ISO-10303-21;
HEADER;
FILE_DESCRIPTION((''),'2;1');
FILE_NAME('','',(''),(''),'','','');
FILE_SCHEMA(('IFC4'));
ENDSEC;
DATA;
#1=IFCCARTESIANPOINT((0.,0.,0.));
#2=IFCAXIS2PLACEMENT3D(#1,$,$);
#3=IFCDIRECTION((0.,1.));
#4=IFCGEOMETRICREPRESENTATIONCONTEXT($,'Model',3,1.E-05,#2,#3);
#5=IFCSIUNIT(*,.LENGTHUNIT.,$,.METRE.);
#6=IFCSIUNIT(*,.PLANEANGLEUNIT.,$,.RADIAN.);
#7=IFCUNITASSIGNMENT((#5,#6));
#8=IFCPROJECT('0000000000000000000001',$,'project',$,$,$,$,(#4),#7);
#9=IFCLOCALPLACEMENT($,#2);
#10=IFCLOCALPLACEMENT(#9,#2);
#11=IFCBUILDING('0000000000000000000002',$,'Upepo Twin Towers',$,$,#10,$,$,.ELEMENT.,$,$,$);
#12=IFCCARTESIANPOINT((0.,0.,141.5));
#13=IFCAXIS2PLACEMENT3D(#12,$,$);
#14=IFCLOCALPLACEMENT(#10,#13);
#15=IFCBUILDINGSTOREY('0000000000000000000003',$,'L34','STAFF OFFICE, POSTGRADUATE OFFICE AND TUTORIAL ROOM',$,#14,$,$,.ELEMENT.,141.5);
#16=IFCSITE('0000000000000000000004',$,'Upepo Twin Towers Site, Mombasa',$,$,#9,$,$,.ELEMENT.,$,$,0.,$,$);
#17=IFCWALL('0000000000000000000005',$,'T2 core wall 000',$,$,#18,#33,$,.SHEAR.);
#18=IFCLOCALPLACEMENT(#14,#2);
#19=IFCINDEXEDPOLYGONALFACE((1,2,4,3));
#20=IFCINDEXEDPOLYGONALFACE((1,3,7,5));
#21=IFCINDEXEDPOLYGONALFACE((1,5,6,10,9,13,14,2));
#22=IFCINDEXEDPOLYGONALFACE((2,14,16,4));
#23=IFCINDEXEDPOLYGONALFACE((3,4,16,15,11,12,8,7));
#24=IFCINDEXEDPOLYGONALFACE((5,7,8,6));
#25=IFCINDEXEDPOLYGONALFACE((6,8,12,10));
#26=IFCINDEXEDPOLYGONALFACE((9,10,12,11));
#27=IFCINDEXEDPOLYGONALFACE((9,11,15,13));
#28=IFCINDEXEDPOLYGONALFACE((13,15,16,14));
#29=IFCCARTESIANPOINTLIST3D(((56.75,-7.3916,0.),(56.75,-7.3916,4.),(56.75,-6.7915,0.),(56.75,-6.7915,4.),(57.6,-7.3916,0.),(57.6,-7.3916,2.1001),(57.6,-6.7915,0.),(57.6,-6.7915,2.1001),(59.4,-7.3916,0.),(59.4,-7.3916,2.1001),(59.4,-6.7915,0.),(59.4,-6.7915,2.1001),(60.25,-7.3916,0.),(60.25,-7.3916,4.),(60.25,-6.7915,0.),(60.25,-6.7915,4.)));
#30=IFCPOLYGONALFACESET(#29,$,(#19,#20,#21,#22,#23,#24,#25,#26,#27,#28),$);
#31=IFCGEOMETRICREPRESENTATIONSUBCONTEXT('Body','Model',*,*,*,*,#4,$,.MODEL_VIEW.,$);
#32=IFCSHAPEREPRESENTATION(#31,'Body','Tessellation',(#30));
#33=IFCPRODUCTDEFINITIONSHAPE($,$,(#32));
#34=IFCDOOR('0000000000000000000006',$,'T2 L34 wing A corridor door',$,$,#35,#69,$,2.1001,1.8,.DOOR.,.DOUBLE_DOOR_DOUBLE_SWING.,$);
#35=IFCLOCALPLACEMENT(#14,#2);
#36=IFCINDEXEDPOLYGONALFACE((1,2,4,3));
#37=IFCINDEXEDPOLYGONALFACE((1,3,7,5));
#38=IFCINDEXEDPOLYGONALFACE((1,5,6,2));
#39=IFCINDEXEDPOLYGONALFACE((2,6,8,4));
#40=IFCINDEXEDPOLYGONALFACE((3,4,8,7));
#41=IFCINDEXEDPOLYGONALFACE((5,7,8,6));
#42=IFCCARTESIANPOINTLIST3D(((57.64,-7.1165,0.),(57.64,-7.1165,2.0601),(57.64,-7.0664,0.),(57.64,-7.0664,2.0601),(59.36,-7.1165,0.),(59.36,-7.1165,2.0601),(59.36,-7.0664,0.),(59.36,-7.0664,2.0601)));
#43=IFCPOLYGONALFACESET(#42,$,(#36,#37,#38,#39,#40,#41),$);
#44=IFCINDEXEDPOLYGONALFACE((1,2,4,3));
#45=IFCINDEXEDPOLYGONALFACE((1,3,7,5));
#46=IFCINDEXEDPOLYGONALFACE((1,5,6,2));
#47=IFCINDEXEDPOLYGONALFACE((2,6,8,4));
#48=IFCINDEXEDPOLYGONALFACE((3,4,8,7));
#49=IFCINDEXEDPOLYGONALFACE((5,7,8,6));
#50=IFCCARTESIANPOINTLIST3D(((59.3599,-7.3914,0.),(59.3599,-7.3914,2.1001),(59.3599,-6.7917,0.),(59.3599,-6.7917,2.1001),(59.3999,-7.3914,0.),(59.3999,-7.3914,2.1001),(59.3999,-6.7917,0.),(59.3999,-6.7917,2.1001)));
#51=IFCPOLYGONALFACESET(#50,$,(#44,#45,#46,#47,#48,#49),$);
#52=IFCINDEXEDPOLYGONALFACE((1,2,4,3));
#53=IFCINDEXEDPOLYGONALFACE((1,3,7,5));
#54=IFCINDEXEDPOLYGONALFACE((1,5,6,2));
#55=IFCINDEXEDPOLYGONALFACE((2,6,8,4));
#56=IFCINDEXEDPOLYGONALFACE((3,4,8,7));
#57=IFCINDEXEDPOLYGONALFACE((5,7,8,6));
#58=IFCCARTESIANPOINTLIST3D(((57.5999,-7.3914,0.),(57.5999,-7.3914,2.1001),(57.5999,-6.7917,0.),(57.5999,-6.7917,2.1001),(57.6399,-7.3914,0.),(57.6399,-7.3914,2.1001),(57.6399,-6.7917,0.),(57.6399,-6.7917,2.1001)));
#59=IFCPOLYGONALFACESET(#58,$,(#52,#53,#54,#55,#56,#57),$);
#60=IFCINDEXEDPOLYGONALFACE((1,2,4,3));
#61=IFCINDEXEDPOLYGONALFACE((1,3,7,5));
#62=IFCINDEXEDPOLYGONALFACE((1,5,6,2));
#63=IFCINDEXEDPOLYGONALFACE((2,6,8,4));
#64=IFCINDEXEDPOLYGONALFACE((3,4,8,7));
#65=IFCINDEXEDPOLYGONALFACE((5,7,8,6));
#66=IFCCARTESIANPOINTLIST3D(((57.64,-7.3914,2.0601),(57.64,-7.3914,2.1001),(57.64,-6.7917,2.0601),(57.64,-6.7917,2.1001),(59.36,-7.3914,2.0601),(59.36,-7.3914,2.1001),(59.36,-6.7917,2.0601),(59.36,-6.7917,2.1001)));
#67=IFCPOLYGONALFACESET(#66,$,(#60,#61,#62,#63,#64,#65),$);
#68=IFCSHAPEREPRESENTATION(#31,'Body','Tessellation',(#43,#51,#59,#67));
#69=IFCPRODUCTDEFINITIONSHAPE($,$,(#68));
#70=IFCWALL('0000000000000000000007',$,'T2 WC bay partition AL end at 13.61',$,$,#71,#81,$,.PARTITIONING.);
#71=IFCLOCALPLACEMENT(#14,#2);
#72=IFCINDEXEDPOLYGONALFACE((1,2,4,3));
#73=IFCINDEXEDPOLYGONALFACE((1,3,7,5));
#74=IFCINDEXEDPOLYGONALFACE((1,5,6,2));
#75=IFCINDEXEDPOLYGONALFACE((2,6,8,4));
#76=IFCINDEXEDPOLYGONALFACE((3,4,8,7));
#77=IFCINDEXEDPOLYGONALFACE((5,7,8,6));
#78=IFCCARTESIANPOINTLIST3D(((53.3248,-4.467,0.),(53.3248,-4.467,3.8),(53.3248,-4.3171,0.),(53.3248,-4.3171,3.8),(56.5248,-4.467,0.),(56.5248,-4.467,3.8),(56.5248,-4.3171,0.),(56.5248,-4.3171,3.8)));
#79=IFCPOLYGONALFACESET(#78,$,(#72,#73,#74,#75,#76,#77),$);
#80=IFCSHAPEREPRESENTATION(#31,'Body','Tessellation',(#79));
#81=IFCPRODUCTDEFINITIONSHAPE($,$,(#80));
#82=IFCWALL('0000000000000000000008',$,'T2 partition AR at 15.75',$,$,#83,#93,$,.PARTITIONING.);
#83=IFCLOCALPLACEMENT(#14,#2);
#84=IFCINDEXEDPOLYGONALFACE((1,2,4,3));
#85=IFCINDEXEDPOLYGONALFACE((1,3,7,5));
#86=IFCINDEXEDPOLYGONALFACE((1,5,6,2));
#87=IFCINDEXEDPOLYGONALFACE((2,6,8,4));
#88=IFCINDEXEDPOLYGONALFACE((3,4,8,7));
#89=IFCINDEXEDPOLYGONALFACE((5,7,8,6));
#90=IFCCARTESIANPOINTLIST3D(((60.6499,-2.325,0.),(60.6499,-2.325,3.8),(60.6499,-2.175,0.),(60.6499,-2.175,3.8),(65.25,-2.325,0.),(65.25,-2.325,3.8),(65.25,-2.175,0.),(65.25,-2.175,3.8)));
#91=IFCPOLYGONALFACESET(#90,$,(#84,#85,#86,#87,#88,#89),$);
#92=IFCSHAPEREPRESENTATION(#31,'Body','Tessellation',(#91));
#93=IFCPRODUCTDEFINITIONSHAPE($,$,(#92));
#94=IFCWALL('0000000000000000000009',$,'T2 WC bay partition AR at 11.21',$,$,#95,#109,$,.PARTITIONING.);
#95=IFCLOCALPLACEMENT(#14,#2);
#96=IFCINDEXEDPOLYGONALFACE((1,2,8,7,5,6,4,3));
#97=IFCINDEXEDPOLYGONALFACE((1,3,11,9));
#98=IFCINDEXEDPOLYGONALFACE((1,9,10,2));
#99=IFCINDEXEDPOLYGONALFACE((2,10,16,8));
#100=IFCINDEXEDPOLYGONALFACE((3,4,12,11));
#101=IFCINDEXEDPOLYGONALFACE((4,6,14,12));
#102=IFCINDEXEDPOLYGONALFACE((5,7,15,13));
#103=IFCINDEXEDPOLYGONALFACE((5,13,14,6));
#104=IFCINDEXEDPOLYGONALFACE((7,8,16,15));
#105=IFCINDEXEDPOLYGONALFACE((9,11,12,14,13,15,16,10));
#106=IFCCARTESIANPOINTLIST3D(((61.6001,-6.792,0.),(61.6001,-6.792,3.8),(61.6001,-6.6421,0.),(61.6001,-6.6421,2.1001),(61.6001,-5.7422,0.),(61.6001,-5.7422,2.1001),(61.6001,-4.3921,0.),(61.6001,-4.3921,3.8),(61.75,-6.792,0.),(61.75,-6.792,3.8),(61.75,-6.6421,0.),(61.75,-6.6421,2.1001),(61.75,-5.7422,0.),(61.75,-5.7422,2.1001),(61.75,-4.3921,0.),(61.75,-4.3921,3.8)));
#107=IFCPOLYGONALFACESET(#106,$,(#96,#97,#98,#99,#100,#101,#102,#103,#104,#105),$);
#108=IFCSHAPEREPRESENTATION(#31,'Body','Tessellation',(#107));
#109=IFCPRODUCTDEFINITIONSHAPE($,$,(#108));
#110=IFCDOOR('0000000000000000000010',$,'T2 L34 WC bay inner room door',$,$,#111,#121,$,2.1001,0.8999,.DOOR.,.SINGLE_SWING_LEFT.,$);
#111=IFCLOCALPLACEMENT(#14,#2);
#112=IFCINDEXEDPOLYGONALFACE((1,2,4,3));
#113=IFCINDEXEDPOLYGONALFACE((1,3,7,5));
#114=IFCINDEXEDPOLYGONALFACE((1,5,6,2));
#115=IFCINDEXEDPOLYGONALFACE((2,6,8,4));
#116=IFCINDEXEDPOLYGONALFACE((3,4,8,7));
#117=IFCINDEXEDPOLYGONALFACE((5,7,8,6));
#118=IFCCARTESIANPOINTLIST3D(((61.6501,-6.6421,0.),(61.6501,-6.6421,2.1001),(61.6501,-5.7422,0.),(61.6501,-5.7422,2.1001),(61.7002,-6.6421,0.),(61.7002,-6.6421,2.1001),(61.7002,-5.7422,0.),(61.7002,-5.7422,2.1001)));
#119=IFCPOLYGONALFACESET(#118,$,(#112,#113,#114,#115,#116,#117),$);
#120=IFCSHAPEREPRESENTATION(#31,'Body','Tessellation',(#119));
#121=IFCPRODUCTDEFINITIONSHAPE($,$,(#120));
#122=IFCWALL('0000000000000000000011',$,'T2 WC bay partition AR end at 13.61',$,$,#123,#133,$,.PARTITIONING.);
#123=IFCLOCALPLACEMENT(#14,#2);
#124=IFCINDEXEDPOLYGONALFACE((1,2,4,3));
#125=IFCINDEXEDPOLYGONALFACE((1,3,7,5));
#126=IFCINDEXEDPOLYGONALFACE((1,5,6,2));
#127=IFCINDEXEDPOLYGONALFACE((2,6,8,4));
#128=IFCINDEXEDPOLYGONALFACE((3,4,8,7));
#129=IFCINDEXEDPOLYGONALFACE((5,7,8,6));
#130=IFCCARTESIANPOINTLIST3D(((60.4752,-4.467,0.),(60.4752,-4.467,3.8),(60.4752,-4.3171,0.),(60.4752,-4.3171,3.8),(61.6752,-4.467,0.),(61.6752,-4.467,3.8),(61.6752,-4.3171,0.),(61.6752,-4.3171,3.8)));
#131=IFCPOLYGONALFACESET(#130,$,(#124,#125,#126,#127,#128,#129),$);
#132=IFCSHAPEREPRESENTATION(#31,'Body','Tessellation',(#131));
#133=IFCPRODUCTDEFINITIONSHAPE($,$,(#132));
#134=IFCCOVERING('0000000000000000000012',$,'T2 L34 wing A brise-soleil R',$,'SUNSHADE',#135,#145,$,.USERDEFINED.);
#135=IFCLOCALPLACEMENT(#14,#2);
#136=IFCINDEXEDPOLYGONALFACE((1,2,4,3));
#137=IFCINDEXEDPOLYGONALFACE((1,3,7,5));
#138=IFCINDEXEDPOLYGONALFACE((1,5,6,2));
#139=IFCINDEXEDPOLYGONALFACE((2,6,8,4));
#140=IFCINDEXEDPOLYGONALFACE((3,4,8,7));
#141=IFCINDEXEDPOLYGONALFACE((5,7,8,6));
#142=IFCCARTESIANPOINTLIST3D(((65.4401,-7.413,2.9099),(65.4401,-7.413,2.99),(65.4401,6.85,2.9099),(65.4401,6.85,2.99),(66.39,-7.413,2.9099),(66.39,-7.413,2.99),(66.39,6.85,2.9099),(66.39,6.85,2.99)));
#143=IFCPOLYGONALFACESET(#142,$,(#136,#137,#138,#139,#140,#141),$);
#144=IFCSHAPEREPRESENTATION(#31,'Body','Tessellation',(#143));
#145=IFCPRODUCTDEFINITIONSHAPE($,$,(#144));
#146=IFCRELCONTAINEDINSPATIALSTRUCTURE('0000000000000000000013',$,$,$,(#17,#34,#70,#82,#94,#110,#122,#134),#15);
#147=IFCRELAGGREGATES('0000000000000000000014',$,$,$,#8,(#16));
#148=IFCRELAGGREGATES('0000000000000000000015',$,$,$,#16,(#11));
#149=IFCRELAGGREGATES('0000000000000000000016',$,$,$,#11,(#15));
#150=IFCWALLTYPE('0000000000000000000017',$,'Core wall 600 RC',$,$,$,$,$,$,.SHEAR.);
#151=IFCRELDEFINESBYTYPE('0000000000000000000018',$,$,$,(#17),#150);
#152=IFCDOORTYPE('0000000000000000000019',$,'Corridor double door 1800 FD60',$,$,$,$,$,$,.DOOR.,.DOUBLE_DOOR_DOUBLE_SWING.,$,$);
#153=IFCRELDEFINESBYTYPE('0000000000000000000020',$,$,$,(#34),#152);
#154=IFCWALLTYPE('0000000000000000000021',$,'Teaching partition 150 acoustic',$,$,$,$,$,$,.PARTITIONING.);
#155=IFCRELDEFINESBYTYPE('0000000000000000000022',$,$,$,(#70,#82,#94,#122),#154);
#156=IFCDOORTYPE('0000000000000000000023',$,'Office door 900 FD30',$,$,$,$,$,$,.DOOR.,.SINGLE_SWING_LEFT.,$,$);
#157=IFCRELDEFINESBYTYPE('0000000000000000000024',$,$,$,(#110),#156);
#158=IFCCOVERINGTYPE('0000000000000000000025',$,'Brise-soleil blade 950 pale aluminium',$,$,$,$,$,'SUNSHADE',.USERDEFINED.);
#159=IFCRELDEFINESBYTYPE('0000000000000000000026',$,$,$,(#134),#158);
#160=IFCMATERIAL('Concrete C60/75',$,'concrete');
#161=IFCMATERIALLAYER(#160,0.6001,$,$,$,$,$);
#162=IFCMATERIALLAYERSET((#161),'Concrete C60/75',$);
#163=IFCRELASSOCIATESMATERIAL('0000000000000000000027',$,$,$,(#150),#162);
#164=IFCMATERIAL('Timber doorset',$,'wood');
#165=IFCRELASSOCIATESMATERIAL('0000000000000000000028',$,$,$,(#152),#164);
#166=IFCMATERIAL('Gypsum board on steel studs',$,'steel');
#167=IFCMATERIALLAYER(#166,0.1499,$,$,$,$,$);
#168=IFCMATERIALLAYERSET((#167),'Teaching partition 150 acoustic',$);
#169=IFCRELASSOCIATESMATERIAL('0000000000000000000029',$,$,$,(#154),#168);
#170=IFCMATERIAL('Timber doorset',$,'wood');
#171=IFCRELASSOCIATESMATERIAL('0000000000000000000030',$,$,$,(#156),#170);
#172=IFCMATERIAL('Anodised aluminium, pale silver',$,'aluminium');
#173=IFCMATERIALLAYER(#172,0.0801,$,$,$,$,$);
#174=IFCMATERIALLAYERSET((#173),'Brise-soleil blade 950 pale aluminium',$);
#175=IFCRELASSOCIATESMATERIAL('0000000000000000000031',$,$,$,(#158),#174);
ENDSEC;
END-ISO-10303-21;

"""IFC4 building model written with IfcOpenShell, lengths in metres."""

from ifc_helpers import new_model, si_unit, direction, frame, frame_2d, origin, origin_2d, place, context, subcontext, project, spatial, rectangle, extrude, material, layer, layer_set, type_object, element, fill, save


model = new_model("IFC4")

# Units and contexts
model_context = context("Model", 3, precision=1e-05, world=origin(), true_north=direction((0.0, 1.0)))
body_context = subcontext(model_context, "Body", "Model", "MODEL_VIEW")
ifc_project = project(units=[si_unit("LENGTHUNIT", "METRE"), si_unit("PLANEANGLEUNIT", "RADIAN")], contexts=[model_context])

# Site, building, storey
site_placement = place(None, origin())
site = spatial("IfcSite", under=ifc_project, at=site_placement, Name="Upepo Twin Towers Site, Mombasa", CompositionType="ELEMENT", RefElevation=0.0)
building_placement = place(site_placement, origin())
building = spatial("IfcBuilding", under=site, at=building_placement, Name="Upepo Twin Towers", CompositionType="ELEMENT")
storey_placement = place(building_placement, frame((0.0, 0.0, 141.5)))
storey = spatial("IfcBuildingStorey", under=building, at=storey_placement, Name="L34", Description="STAFF OFFICE, POSTGRADUATE OFFICE AND TUTORIAL ROOM", CompositionType="ELEMENT", Elevation=141.5)

# Shared definitions
ifc_material_1 = material(Name="Concrete C60/75", Category="concrete")
ifc_layer_1 = layer(ifc_material_1, 0.6001)
ifc_layer_set_1 = layer_set([ifc_layer_1], Name="Concrete C60/75")
wall_type_1 = type_object("IfcWallType", Name="Core wall 600 RC", PredefinedType="SHEAR", material=ifc_layer_set_1)

# Wall, opening, door
wall_1_placement = place(storey_placement, frame((60.25, -7.0916, 0.0), z_axis=(0.0, 0.0, 1.0), x_axis=(-1.0, 0.0, 0.0)))
wall_1 = element("IfcWall", 1, at=wall_1_placement, inside=storey, type_object=wall_type_1, Name="T2 core wall 000", PredefinedType="SHEAR", context=body_context, shape_type="SweptSolid", body=[
    extrude(rectangle(XDim=3.5, YDim=0.6001, at=frame_2d((1.75, 0.0))), origin(), (0.0, 0.0, 1.0), 4.0),
])
opening_1_placement = place(wall_1_placement, frame((0.8501, 0.0, 0.0)))
opening_1 = element("IfcOpeningElement", 2, at=opening_1_placement, cuts=wall_1, PredefinedType="OPENING", context=body_context, shape_type="SweptSolid", body=[
    extrude(rectangle(XDim=1.8, YDim=2.1001, at=frame_2d((0.8999, 1.05))), frame((0.0, 0.3101, 0.0), z_axis=(0.0, -1.0, 0.0), x_axis=(1.0, 0.0, 0.0)), (0.0, 0.0, 1.0), 0.6201),
])
ifc_material_2 = material(Name="Timber doorset", Category="wood")
door_type_1 = type_object("IfcDoorType", Name="Corridor double door 1800 FD60", OperationType="DOUBLE_DOOR_DOUBLE_SWING", PredefinedType="DOOR", material=ifc_material_2)
door_1_placement = place(opening_1_placement, origin())
door_1 = element("IfcDoor", 3, at=door_1_placement, inside=storey, type_object=door_type_1, Name="T2 L34 wing A corridor door", OperationType="DOUBLE_DOOR_DOUBLE_SWING", OverallHeight=2.1001, OverallWidth=1.8, PredefinedType="DOOR", context=body_context, shape_type="SweptSolid", body=[
    extrude(rectangle(XDim=1.72, YDim=2.0601, at=frame_2d((0.8999, 1.03))), frame((0.0, 0.0249, 0.0), z_axis=(0.0, -1.0, 0.0), x_axis=(1.0, 0.0, 0.0)), (0.0, 0.0, 1.0), 0.05),
    extrude(rectangle(XDim=0.04, YDim=2.1001, at=frame_2d((0.02, 1.05))), frame((0.0, 0.2998, 0.0), z_axis=(0.0, -1.0, 0.0), x_axis=(1.0, 0.0, 0.0)), (0.0, 0.0, 1.0), 0.5996),
    extrude(rectangle(XDim=0.04, YDim=2.1001, at=frame_2d((1.78, 1.05))), frame((0.0, 0.2998, 0.0), z_axis=(0.0, -1.0, 0.0), x_axis=(1.0, 0.0, 0.0)), (0.0, 0.0, 1.0), 0.5996),
    extrude(rectangle(XDim=1.72, YDim=0.04, at=frame_2d((0.8999, 2.0801))), frame((0.0, 0.2998, 0.0), z_axis=(0.0, -1.0, 0.0), x_axis=(1.0, 0.0, 0.0)), (0.0, 0.0, 1.0), 0.5996),
])
fill(opening_1, door_1)

# Walls
ifc_material_3 = material(Name="Gypsum board on steel studs", Category="steel")
ifc_layer_2 = layer(ifc_material_3, 0.1499)
ifc_layer_set_2 = layer_set([ifc_layer_2], Name="Teaching partition 150 acoustic")
wall_type_2 = type_object("IfcWallType", Name="Teaching partition 150 acoustic", PredefinedType="PARTITIONING", material=ifc_layer_set_2)
wall_2_placement = place(storey_placement, frame((56.5249, -4.3921, 0.0), z_axis=(0.0, 0.0, 1.0), x_axis=(-1.0, 0.0, 0.0)))
element("IfcWall", 4, at=wall_2_placement, inside=storey, type_object=wall_type_2, Name="T2 WC bay partition AL end at 13.61", PredefinedType="PARTITIONING", context=body_context, shape_type="SweptSolid", body=[
    extrude(rectangle(XDim=3.2, YDim=0.1499, at=frame_2d((1.6001, 0.0))), origin(), (0.0, 0.0, 1.0), 3.8),
])
wall_3_placement = place(storey_placement, frame((60.6499, -2.25, 0.0), z_axis=(0.0, 0.0, 1.0), x_axis=(1.0, 0.0, 0.0)))
element("IfcWall", 5, at=wall_3_placement, inside=storey, type_object=wall_type_2, Name="T2 partition AR at 15.75", PredefinedType="PARTITIONING", context=body_context, shape_type="SweptSolid", body=[
    extrude(rectangle(XDim=4.6001, YDim=0.1499, at=frame_2d((2.3, 0.0))), origin(), (0.0, 0.0, 1.0), 3.8),
])

# Wall, opening, door
wall_4_placement = place(storey_placement, frame((61.675, -6.792, 0.0), z_axis=(0.0, 0.0, 1.0), x_axis=(0.0, 1.0, 0.0)))
wall_4 = element("IfcWall", 6, at=wall_4_placement, inside=storey, type_object=wall_type_2, Name="T2 WC bay partition AR at 11.21", PredefinedType="PARTITIONING", context=body_context, shape_type="SweptSolid", body=[
    extrude(rectangle(XDim=2.3999, YDim=0.1499, at=frame_2d((1.2, 0.0))), origin(), (0.0, 0.0, 1.0), 3.8),
])
opening_2_placement = place(wall_4_placement, frame((0.1499, 0.0, 0.0)))
opening_2 = element("IfcOpeningElement", 7, at=opening_2_placement, cuts=wall_4, PredefinedType="OPENING", context=body_context, shape_type="SweptSolid", body=[
    extrude(rectangle(XDim=0.8999, YDim=2.1001, at=frame_2d((0.45, 1.05))), frame((0.0, 0.085, 0.0), z_axis=(0.0, -1.0, 0.0), x_axis=(1.0, 0.0, 0.0)), (0.0, 0.0, 1.0), 0.1699),
])
ifc_material_4 = material(Name="Timber doorset", Category="wood")
door_type_2 = type_object("IfcDoorType", Name="Office door 900 FD30", OperationType="SINGLE_SWING_LEFT", PredefinedType="DOOR", material=ifc_material_4)
door_2_placement = place(opening_2_placement, origin())
door_2 = element("IfcDoor", 8, at=door_2_placement, inside=storey, type_object=door_type_2, Name="T2 L34 WC bay inner room door", OperationType="SINGLE_SWING_LEFT", OverallHeight=2.1001, OverallWidth=0.8999, PredefinedType="DOOR", context=body_context, shape_type="SweptSolid", body=[
    extrude(rectangle(XDim=0.8999, YDim=2.1001, at=frame_2d((0.45, 1.05))), frame((0.0, 0.0249, 0.0), z_axis=(0.0, -1.0, 0.0), x_axis=(1.0, 0.0, 0.0)), (0.0, 0.0, 1.0), 0.05),
])
fill(opening_2, door_2)

# Wall
wall_5_placement = place(storey_placement, frame((60.4751, -4.3921, 0.0), z_axis=(0.0, 0.0, 1.0), x_axis=(1.0, 0.0, 0.0)))
element("IfcWall", 9, at=wall_5_placement, inside=storey, type_object=wall_type_2, Name="T2 WC bay partition AR end at 13.61", PredefinedType="PARTITIONING", context=body_context, shape_type="SweptSolid", body=[
    extrude(rectangle(XDim=1.2, YDim=0.1499, at=frame_2d((0.6001, 0.0))), origin(), (0.0, 0.0, 1.0), 3.8),
])

# Covering
ifc_material_5 = material(Name="Anodised aluminium, pale silver", Category="aluminium")
ifc_layer_3 = layer(ifc_material_5, 0.0801)
ifc_layer_set_3 = layer_set([ifc_layer_3], Name="Brise-soleil blade 950 pale aluminium")
covering_type = type_object("IfcCoveringType", Name="Brise-soleil blade 950 pale aluminium", ElementType="SUNSHADE", PredefinedType="USERDEFINED", material=ifc_layer_set_3)
covering_placement = place(storey_placement, frame((65.915, -0.2815, 2.9099), z_axis=(0.0, 0.0, 1.0), x_axis=(0.0, 1.0, 0.0)))
element("IfcCovering", 10, at=covering_placement, inside=storey, type_object=covering_type, Name="T2 L34 wing A brise-soleil R", ObjectType="SUNSHADE", PredefinedType="USERDEFINED", context=body_context, shape_type="SweptSolid", body=[
    extrude(rectangle(XDim=14.2629, YDim=0.95, at=origin_2d()), origin(), (0.0, 0.0, 1.0), 0.0801),
])

save(model, "model.ifc")
